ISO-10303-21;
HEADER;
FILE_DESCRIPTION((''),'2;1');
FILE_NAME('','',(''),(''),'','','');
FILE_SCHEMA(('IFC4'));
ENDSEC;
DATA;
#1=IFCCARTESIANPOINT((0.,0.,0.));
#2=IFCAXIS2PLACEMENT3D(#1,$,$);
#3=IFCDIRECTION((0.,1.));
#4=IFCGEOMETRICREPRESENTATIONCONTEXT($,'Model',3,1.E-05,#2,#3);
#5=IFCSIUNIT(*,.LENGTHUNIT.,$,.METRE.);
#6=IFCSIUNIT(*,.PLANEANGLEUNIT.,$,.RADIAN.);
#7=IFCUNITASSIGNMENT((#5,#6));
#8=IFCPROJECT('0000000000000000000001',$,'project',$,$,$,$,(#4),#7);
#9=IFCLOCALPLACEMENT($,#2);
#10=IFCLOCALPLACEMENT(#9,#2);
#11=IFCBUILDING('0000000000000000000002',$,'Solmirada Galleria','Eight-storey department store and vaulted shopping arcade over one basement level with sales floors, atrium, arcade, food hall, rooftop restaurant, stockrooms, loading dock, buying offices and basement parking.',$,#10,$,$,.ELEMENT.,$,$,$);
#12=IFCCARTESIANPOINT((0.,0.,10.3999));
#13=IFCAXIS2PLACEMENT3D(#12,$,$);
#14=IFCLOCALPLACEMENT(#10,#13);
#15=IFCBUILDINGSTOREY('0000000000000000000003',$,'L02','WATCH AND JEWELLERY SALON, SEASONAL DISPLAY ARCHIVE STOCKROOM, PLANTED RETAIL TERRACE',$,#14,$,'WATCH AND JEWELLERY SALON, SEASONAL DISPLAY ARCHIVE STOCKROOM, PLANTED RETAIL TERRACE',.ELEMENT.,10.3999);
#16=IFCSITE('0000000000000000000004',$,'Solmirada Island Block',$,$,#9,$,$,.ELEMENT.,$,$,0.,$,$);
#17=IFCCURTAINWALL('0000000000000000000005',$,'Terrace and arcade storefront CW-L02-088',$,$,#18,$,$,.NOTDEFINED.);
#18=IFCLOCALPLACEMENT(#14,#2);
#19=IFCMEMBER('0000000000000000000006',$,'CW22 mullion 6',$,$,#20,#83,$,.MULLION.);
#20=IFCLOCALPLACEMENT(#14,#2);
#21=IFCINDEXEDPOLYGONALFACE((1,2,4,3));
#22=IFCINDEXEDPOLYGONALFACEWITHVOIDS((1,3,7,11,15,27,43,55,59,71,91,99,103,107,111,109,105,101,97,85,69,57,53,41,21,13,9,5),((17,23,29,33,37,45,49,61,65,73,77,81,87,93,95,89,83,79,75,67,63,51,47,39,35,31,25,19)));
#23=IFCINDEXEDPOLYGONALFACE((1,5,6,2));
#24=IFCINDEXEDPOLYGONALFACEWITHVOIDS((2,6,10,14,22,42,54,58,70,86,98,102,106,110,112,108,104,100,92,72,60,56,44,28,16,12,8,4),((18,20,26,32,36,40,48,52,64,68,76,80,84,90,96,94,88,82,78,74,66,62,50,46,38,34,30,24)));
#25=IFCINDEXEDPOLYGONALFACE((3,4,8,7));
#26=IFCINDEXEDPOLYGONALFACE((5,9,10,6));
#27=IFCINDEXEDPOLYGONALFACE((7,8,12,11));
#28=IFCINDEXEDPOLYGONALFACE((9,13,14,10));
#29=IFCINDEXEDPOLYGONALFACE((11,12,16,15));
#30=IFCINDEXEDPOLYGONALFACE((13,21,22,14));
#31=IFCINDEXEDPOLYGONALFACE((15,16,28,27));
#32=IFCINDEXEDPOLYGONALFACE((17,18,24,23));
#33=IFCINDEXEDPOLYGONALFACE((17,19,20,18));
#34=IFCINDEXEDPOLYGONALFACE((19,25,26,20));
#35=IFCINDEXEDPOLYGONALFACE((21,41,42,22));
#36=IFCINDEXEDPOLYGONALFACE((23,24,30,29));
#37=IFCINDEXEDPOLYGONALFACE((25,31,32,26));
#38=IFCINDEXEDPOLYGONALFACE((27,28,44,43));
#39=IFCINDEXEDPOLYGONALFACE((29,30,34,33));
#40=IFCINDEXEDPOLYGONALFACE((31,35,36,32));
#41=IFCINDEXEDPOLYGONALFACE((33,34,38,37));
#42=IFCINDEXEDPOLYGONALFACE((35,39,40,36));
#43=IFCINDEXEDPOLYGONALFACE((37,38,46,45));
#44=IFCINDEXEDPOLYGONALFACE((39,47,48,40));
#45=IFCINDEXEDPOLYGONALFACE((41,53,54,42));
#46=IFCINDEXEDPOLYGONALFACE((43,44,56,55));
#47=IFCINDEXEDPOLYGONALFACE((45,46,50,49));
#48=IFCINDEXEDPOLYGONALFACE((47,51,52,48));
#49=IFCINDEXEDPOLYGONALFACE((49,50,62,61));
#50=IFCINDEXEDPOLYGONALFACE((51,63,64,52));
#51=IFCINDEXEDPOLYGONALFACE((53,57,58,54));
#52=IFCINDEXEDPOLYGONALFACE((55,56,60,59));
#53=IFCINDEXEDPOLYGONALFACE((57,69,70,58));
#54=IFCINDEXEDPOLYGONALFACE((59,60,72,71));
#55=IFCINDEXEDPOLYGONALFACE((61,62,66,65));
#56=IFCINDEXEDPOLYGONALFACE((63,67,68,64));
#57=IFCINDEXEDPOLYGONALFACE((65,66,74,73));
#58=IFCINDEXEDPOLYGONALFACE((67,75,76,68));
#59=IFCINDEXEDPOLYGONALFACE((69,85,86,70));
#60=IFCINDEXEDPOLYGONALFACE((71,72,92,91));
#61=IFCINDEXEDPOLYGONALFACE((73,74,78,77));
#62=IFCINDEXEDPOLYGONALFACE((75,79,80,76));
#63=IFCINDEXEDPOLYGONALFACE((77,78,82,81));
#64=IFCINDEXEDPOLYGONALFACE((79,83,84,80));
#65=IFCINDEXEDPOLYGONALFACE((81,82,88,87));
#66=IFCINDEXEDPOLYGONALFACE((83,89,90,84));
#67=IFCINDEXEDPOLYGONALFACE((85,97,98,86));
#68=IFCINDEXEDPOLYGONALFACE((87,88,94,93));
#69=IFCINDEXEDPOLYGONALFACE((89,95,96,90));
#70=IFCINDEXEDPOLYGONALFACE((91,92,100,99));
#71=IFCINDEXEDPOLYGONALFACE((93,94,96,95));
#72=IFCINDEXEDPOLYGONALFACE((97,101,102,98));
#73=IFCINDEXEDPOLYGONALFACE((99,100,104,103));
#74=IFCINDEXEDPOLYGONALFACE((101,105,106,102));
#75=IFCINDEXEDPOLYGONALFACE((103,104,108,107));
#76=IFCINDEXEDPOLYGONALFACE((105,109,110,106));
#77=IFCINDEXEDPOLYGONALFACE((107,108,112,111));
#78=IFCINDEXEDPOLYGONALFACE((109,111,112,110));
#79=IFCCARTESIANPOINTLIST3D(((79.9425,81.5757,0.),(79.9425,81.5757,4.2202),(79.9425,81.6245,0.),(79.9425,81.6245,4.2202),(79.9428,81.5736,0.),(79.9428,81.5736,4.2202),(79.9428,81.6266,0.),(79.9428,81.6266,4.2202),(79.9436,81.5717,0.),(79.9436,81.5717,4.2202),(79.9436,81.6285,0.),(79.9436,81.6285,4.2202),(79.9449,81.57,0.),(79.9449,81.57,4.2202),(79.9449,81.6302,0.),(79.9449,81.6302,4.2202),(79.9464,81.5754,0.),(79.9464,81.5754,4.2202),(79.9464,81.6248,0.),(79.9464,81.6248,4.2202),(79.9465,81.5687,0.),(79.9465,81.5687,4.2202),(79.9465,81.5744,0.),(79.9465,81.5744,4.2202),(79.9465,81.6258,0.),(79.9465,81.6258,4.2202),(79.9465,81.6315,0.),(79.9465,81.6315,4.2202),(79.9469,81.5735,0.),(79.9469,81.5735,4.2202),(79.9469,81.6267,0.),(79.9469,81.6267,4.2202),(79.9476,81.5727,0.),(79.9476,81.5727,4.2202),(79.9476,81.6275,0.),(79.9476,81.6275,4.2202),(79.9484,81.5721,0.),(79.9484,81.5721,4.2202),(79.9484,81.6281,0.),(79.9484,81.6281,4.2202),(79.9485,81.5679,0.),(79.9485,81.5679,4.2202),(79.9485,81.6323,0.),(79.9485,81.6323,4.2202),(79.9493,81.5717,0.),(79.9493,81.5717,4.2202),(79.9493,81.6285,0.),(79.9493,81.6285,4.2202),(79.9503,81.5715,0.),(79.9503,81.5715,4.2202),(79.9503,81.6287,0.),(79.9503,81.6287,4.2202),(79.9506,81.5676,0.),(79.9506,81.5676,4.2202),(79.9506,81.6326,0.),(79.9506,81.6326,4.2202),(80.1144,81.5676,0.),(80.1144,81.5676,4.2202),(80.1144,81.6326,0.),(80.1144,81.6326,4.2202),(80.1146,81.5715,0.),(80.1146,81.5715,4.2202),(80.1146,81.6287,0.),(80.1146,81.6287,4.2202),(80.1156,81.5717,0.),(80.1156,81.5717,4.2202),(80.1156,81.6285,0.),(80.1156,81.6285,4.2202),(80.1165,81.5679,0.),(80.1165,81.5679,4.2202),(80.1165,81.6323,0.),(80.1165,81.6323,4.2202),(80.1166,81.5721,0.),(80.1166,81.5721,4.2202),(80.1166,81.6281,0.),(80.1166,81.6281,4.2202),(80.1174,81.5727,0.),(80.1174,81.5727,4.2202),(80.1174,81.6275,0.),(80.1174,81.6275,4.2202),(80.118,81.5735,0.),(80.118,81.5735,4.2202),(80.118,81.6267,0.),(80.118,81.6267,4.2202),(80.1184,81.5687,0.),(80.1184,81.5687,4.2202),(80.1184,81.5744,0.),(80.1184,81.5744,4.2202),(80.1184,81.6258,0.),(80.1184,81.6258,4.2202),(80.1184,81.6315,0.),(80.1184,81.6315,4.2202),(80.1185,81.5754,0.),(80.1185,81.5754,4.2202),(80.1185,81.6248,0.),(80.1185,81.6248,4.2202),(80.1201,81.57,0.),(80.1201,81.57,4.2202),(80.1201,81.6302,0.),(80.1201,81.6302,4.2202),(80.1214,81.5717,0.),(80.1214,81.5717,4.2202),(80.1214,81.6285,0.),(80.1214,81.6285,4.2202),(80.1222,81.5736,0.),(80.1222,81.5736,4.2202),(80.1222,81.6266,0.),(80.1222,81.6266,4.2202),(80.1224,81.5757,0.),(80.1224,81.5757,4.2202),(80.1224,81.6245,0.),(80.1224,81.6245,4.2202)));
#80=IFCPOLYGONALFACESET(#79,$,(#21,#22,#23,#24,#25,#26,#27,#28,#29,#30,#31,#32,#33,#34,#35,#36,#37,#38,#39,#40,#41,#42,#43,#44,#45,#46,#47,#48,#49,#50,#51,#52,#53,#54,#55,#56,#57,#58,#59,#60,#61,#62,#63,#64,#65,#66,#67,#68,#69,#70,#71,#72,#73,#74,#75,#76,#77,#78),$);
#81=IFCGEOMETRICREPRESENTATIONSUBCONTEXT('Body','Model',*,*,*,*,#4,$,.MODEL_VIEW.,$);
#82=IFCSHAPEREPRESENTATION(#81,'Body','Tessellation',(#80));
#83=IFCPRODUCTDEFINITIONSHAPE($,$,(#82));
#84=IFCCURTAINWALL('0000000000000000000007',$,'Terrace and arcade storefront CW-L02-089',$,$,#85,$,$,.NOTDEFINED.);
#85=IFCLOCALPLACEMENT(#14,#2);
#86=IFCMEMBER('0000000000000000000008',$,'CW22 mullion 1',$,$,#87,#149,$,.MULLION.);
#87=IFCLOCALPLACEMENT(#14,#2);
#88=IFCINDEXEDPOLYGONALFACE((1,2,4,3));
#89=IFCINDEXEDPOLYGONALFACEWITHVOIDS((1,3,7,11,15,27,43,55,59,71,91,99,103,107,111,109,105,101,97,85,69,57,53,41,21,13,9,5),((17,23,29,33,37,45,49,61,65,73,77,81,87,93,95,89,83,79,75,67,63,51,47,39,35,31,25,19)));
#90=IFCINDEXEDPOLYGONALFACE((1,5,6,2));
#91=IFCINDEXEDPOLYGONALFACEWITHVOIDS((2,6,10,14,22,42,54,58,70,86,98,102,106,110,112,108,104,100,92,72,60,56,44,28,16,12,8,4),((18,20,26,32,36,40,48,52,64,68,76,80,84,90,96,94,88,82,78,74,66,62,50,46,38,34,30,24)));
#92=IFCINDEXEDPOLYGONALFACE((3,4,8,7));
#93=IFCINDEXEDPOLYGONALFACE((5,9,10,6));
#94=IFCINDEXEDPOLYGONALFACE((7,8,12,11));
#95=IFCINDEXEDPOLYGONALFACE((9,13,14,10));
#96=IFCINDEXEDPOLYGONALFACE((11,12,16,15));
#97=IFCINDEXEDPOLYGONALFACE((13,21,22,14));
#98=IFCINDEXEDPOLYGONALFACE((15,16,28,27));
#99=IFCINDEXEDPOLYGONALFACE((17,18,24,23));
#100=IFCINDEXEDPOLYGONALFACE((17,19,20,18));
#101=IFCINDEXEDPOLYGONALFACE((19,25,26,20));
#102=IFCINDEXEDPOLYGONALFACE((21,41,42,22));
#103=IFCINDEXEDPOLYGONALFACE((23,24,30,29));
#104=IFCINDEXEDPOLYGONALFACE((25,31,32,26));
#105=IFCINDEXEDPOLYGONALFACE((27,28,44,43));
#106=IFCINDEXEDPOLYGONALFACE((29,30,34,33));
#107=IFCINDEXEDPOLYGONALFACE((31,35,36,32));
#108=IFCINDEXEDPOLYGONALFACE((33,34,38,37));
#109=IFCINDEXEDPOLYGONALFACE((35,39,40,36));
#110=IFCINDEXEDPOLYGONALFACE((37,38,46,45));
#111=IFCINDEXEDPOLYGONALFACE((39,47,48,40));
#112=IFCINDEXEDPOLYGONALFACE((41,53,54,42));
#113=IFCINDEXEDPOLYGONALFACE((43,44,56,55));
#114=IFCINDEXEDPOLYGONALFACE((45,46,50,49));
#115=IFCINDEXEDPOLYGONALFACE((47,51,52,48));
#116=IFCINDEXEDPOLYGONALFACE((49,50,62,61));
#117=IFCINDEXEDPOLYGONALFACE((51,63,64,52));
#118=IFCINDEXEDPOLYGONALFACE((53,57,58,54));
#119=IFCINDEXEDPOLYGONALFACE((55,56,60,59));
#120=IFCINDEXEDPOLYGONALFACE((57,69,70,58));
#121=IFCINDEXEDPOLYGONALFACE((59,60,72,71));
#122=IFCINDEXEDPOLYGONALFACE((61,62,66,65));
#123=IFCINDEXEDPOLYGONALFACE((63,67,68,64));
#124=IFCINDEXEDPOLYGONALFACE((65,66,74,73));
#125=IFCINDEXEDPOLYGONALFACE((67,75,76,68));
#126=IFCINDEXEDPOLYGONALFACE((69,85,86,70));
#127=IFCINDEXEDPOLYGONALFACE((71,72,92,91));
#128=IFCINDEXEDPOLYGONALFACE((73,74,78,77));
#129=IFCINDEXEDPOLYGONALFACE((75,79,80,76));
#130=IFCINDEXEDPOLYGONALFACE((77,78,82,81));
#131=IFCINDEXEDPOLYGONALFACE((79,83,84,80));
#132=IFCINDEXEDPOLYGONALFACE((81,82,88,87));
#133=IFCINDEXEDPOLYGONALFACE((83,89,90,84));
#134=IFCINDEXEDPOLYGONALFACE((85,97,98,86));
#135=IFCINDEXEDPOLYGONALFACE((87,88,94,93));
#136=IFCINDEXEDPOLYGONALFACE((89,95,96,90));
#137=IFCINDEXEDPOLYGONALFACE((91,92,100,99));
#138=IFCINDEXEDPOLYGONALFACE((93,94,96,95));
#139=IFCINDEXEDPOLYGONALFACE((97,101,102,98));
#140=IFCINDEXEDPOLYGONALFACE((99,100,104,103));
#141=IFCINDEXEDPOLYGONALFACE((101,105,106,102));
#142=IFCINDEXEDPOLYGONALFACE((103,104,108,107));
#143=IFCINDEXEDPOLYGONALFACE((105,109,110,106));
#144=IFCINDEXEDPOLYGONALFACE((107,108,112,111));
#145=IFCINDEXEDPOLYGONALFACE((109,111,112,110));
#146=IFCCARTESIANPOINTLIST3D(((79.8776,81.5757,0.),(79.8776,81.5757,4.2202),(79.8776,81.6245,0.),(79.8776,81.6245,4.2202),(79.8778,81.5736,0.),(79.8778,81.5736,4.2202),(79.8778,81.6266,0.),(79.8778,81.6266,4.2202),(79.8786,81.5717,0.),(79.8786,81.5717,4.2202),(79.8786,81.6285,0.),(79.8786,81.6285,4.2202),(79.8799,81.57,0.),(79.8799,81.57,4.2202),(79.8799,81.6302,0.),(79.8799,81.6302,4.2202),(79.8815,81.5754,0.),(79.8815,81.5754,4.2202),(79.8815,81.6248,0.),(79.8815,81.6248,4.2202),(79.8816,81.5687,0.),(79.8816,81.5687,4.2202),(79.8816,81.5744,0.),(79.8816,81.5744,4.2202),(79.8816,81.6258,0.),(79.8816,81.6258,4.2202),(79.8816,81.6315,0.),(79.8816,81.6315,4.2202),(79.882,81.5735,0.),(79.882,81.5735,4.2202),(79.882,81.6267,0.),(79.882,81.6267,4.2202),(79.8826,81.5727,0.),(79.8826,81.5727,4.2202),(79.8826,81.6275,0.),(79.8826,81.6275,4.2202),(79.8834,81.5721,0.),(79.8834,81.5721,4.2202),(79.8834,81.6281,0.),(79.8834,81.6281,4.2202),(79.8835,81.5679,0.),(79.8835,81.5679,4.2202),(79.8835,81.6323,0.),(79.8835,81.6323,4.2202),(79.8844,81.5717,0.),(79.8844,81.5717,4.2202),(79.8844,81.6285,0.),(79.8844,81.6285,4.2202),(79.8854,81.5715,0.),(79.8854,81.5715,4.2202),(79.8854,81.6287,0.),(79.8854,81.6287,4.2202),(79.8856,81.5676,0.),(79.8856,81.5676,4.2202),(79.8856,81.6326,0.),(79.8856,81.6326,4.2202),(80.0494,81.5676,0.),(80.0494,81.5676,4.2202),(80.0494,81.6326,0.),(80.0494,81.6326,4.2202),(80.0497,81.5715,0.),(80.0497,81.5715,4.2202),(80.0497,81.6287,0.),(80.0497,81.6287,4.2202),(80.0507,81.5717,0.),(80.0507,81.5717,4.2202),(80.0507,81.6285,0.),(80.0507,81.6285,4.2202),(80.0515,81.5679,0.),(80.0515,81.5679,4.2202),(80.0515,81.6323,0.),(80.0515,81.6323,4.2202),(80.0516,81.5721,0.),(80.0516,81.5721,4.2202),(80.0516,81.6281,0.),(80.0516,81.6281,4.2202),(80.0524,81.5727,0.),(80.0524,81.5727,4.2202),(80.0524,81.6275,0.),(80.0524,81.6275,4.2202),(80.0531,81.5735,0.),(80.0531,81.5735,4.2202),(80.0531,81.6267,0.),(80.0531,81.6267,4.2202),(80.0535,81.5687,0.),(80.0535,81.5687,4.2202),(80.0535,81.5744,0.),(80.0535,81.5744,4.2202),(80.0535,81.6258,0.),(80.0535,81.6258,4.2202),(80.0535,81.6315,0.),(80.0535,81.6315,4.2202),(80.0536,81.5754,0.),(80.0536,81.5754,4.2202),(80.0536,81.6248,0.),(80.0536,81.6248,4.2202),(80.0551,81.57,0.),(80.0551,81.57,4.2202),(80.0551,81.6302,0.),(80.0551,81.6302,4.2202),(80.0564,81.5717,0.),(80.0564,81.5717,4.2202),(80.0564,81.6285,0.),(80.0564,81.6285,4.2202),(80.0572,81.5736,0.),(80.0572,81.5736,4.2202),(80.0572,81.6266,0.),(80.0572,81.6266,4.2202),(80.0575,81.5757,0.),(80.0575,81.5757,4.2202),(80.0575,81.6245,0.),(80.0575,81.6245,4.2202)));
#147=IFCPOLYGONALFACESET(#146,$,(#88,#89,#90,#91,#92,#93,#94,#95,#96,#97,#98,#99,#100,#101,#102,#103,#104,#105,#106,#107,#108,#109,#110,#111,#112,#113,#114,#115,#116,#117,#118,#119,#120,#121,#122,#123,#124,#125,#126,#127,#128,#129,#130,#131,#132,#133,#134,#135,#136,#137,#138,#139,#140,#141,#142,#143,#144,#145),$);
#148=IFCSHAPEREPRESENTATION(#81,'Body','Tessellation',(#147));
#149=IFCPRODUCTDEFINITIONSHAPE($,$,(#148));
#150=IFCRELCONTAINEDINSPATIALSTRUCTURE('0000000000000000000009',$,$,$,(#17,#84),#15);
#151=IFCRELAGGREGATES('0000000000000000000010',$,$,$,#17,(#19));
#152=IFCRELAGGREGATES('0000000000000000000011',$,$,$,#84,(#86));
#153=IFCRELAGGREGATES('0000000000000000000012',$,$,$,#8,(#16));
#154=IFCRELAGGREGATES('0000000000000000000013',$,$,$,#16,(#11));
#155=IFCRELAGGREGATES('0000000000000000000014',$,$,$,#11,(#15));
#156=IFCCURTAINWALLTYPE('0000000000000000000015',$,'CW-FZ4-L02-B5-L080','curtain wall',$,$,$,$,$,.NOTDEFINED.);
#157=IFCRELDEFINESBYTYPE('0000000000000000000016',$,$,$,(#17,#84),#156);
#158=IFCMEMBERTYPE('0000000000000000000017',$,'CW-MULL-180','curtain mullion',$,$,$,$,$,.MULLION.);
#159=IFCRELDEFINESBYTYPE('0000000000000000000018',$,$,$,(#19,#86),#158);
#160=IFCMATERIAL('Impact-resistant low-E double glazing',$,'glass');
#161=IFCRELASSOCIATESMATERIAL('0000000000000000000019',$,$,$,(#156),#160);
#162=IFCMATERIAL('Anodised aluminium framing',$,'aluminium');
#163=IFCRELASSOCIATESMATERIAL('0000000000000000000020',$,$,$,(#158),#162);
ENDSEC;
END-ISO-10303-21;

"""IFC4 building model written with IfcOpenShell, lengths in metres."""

from ifc_helpers import new_model, si_unit, direction, frame, origin, origin_2d, place, context, subcontext, project, spatial, hollow_rectangle, extrude, material, material_profile, profile_set, type_object, element, aggregate, save


model = new_model("IFC4")

# Units and contexts
model_context = context("Model", 3, precision=1e-05, world=origin(), true_north=direction((0.0, 1.0)))
body_context = subcontext(model_context, "Body", "Model", "MODEL_VIEW")
ifc_project = project(units=[si_unit("LENGTHUNIT", "METRE"), si_unit("PLANEANGLEUNIT", "RADIAN")], contexts=[model_context])

# Site, building, storey
site_placement = place(None, origin())
site = spatial("IfcSite", under=ifc_project, at=site_placement, Name="Solmirada Island Block", CompositionType="ELEMENT", RefElevation=0.0)
building_placement = place(site_placement, origin())
building = spatial("IfcBuilding", under=site, at=building_placement, Name="Solmirada Galleria", Description="Eight-storey department store and vaulted shopping arcade over one basement level with sales floors, atrium, arcade, food hall, rooftop restaurant, stockrooms, loading dock, buying offices and basement parking.", CompositionType="ELEMENT")
storey_placement = place(building_placement, frame((0.0, 0.0, 10.3999)))
storey = spatial("IfcBuildingStorey", under=building, at=storey_placement, Name="L02", Description="WATCH AND JEWELLERY SALON, SEASONAL DISPLAY ARCHIVE STOCKROOM, PLANTED RETAIL TERRACE", LongName="WATCH AND JEWELLERY SALON, SEASONAL DISPLAY ARCHIVE STOCKROOM, PLANTED RETAIL TERRACE", CompositionType="ELEMENT", Elevation=10.3999)

# Curtain wall, member
ifc_material_1 = material(Name="Impact-resistant low-E double glazing", Category="glass")
curtain_wall_type = type_object("IfcCurtainWallType", Name="CW-FZ4-L02-B5-L080", Description="curtain wall", PredefinedType="NOTDEFINED", material=ifc_material_1)
curtain_wall_1_placement = place(storey_placement, origin())
curtain_wall_1 = element("IfcCurtainWall", 1, at=curtain_wall_1_placement, inside=storey, type_object=curtain_wall_type, Name="Terrace and arcade storefront CW-L02-088", PredefinedType="NOTDEFINED")
ifc_material_2 = material(Name="Anodised aluminium framing", Category="aluminium")
ifc_material_profile_1 = material_profile(ifc_material_2, hollow_rectangle(XDim=0.0649, YDim=0.1799, WallThickness=0.0039, InnerFilletRadius=0.0039, OuterFilletRadius=0.0081, at=origin_2d()), Name="ALU-MULL-180X65")
ifc_profile_set_1 = profile_set([ifc_material_profile_1], Name="Anodised aluminium framing")
member_type_1 = type_object("IfcMemberType", Name="CW-MULL-180", Description="curtain mullion", PredefinedType="MULLION", material=ifc_profile_set_1)
member_1_placement = place(storey_placement, frame((80.0325, 81.6001, 0.0), z_axis=(0.0, 0.0, 1.0), x_axis=(0.0, -1.0, 0.0)))
member_1 = element("IfcMember", 2, at=member_1_placement, type_object=member_type_1, Name="CW22 mullion 6", PredefinedType="MULLION", context=body_context, shape_type="SweptSolid", body=[
    extrude(hollow_rectangle(XDim=0.0649, YDim=0.1799, WallThickness=0.0039, InnerFilletRadius=0.0039, OuterFilletRadius=0.0081, at=origin_2d()), origin(), (0.0, 0.0, 1.0), 4.2202),
])

# Curtain wall, member
curtain_wall_2_placement = place(storey_placement, origin())
curtain_wall_2 = element("IfcCurtainWall", 3, at=curtain_wall_2_placement, inside=storey, type_object=curtain_wall_type, Name="Terrace and arcade storefront CW-L02-089", PredefinedType="NOTDEFINED")
member_2_placement = place(storey_placement, frame((79.9675, 81.6001, 0.0), z_axis=(0.0, 0.0, 1.0), x_axis=(0.0, -1.0, 0.0)))
member_2 = element("IfcMember", 4, at=member_2_placement, type_object=member_type_1, Name="CW22 mullion 1", PredefinedType="MULLION", context=body_context, shape_type="SweptSolid", body=[
    extrude(hollow_rectangle(XDim=0.0649, YDim=0.1799, WallThickness=0.0039, InnerFilletRadius=0.0039, OuterFilletRadius=0.0081, at=origin_2d()), origin(), (0.0, 0.0, 1.0), 4.2202),
])

aggregate(curtain_wall_1, [member_1])
aggregate(curtain_wall_2, [member_2])

save(model, "model.ifc")
